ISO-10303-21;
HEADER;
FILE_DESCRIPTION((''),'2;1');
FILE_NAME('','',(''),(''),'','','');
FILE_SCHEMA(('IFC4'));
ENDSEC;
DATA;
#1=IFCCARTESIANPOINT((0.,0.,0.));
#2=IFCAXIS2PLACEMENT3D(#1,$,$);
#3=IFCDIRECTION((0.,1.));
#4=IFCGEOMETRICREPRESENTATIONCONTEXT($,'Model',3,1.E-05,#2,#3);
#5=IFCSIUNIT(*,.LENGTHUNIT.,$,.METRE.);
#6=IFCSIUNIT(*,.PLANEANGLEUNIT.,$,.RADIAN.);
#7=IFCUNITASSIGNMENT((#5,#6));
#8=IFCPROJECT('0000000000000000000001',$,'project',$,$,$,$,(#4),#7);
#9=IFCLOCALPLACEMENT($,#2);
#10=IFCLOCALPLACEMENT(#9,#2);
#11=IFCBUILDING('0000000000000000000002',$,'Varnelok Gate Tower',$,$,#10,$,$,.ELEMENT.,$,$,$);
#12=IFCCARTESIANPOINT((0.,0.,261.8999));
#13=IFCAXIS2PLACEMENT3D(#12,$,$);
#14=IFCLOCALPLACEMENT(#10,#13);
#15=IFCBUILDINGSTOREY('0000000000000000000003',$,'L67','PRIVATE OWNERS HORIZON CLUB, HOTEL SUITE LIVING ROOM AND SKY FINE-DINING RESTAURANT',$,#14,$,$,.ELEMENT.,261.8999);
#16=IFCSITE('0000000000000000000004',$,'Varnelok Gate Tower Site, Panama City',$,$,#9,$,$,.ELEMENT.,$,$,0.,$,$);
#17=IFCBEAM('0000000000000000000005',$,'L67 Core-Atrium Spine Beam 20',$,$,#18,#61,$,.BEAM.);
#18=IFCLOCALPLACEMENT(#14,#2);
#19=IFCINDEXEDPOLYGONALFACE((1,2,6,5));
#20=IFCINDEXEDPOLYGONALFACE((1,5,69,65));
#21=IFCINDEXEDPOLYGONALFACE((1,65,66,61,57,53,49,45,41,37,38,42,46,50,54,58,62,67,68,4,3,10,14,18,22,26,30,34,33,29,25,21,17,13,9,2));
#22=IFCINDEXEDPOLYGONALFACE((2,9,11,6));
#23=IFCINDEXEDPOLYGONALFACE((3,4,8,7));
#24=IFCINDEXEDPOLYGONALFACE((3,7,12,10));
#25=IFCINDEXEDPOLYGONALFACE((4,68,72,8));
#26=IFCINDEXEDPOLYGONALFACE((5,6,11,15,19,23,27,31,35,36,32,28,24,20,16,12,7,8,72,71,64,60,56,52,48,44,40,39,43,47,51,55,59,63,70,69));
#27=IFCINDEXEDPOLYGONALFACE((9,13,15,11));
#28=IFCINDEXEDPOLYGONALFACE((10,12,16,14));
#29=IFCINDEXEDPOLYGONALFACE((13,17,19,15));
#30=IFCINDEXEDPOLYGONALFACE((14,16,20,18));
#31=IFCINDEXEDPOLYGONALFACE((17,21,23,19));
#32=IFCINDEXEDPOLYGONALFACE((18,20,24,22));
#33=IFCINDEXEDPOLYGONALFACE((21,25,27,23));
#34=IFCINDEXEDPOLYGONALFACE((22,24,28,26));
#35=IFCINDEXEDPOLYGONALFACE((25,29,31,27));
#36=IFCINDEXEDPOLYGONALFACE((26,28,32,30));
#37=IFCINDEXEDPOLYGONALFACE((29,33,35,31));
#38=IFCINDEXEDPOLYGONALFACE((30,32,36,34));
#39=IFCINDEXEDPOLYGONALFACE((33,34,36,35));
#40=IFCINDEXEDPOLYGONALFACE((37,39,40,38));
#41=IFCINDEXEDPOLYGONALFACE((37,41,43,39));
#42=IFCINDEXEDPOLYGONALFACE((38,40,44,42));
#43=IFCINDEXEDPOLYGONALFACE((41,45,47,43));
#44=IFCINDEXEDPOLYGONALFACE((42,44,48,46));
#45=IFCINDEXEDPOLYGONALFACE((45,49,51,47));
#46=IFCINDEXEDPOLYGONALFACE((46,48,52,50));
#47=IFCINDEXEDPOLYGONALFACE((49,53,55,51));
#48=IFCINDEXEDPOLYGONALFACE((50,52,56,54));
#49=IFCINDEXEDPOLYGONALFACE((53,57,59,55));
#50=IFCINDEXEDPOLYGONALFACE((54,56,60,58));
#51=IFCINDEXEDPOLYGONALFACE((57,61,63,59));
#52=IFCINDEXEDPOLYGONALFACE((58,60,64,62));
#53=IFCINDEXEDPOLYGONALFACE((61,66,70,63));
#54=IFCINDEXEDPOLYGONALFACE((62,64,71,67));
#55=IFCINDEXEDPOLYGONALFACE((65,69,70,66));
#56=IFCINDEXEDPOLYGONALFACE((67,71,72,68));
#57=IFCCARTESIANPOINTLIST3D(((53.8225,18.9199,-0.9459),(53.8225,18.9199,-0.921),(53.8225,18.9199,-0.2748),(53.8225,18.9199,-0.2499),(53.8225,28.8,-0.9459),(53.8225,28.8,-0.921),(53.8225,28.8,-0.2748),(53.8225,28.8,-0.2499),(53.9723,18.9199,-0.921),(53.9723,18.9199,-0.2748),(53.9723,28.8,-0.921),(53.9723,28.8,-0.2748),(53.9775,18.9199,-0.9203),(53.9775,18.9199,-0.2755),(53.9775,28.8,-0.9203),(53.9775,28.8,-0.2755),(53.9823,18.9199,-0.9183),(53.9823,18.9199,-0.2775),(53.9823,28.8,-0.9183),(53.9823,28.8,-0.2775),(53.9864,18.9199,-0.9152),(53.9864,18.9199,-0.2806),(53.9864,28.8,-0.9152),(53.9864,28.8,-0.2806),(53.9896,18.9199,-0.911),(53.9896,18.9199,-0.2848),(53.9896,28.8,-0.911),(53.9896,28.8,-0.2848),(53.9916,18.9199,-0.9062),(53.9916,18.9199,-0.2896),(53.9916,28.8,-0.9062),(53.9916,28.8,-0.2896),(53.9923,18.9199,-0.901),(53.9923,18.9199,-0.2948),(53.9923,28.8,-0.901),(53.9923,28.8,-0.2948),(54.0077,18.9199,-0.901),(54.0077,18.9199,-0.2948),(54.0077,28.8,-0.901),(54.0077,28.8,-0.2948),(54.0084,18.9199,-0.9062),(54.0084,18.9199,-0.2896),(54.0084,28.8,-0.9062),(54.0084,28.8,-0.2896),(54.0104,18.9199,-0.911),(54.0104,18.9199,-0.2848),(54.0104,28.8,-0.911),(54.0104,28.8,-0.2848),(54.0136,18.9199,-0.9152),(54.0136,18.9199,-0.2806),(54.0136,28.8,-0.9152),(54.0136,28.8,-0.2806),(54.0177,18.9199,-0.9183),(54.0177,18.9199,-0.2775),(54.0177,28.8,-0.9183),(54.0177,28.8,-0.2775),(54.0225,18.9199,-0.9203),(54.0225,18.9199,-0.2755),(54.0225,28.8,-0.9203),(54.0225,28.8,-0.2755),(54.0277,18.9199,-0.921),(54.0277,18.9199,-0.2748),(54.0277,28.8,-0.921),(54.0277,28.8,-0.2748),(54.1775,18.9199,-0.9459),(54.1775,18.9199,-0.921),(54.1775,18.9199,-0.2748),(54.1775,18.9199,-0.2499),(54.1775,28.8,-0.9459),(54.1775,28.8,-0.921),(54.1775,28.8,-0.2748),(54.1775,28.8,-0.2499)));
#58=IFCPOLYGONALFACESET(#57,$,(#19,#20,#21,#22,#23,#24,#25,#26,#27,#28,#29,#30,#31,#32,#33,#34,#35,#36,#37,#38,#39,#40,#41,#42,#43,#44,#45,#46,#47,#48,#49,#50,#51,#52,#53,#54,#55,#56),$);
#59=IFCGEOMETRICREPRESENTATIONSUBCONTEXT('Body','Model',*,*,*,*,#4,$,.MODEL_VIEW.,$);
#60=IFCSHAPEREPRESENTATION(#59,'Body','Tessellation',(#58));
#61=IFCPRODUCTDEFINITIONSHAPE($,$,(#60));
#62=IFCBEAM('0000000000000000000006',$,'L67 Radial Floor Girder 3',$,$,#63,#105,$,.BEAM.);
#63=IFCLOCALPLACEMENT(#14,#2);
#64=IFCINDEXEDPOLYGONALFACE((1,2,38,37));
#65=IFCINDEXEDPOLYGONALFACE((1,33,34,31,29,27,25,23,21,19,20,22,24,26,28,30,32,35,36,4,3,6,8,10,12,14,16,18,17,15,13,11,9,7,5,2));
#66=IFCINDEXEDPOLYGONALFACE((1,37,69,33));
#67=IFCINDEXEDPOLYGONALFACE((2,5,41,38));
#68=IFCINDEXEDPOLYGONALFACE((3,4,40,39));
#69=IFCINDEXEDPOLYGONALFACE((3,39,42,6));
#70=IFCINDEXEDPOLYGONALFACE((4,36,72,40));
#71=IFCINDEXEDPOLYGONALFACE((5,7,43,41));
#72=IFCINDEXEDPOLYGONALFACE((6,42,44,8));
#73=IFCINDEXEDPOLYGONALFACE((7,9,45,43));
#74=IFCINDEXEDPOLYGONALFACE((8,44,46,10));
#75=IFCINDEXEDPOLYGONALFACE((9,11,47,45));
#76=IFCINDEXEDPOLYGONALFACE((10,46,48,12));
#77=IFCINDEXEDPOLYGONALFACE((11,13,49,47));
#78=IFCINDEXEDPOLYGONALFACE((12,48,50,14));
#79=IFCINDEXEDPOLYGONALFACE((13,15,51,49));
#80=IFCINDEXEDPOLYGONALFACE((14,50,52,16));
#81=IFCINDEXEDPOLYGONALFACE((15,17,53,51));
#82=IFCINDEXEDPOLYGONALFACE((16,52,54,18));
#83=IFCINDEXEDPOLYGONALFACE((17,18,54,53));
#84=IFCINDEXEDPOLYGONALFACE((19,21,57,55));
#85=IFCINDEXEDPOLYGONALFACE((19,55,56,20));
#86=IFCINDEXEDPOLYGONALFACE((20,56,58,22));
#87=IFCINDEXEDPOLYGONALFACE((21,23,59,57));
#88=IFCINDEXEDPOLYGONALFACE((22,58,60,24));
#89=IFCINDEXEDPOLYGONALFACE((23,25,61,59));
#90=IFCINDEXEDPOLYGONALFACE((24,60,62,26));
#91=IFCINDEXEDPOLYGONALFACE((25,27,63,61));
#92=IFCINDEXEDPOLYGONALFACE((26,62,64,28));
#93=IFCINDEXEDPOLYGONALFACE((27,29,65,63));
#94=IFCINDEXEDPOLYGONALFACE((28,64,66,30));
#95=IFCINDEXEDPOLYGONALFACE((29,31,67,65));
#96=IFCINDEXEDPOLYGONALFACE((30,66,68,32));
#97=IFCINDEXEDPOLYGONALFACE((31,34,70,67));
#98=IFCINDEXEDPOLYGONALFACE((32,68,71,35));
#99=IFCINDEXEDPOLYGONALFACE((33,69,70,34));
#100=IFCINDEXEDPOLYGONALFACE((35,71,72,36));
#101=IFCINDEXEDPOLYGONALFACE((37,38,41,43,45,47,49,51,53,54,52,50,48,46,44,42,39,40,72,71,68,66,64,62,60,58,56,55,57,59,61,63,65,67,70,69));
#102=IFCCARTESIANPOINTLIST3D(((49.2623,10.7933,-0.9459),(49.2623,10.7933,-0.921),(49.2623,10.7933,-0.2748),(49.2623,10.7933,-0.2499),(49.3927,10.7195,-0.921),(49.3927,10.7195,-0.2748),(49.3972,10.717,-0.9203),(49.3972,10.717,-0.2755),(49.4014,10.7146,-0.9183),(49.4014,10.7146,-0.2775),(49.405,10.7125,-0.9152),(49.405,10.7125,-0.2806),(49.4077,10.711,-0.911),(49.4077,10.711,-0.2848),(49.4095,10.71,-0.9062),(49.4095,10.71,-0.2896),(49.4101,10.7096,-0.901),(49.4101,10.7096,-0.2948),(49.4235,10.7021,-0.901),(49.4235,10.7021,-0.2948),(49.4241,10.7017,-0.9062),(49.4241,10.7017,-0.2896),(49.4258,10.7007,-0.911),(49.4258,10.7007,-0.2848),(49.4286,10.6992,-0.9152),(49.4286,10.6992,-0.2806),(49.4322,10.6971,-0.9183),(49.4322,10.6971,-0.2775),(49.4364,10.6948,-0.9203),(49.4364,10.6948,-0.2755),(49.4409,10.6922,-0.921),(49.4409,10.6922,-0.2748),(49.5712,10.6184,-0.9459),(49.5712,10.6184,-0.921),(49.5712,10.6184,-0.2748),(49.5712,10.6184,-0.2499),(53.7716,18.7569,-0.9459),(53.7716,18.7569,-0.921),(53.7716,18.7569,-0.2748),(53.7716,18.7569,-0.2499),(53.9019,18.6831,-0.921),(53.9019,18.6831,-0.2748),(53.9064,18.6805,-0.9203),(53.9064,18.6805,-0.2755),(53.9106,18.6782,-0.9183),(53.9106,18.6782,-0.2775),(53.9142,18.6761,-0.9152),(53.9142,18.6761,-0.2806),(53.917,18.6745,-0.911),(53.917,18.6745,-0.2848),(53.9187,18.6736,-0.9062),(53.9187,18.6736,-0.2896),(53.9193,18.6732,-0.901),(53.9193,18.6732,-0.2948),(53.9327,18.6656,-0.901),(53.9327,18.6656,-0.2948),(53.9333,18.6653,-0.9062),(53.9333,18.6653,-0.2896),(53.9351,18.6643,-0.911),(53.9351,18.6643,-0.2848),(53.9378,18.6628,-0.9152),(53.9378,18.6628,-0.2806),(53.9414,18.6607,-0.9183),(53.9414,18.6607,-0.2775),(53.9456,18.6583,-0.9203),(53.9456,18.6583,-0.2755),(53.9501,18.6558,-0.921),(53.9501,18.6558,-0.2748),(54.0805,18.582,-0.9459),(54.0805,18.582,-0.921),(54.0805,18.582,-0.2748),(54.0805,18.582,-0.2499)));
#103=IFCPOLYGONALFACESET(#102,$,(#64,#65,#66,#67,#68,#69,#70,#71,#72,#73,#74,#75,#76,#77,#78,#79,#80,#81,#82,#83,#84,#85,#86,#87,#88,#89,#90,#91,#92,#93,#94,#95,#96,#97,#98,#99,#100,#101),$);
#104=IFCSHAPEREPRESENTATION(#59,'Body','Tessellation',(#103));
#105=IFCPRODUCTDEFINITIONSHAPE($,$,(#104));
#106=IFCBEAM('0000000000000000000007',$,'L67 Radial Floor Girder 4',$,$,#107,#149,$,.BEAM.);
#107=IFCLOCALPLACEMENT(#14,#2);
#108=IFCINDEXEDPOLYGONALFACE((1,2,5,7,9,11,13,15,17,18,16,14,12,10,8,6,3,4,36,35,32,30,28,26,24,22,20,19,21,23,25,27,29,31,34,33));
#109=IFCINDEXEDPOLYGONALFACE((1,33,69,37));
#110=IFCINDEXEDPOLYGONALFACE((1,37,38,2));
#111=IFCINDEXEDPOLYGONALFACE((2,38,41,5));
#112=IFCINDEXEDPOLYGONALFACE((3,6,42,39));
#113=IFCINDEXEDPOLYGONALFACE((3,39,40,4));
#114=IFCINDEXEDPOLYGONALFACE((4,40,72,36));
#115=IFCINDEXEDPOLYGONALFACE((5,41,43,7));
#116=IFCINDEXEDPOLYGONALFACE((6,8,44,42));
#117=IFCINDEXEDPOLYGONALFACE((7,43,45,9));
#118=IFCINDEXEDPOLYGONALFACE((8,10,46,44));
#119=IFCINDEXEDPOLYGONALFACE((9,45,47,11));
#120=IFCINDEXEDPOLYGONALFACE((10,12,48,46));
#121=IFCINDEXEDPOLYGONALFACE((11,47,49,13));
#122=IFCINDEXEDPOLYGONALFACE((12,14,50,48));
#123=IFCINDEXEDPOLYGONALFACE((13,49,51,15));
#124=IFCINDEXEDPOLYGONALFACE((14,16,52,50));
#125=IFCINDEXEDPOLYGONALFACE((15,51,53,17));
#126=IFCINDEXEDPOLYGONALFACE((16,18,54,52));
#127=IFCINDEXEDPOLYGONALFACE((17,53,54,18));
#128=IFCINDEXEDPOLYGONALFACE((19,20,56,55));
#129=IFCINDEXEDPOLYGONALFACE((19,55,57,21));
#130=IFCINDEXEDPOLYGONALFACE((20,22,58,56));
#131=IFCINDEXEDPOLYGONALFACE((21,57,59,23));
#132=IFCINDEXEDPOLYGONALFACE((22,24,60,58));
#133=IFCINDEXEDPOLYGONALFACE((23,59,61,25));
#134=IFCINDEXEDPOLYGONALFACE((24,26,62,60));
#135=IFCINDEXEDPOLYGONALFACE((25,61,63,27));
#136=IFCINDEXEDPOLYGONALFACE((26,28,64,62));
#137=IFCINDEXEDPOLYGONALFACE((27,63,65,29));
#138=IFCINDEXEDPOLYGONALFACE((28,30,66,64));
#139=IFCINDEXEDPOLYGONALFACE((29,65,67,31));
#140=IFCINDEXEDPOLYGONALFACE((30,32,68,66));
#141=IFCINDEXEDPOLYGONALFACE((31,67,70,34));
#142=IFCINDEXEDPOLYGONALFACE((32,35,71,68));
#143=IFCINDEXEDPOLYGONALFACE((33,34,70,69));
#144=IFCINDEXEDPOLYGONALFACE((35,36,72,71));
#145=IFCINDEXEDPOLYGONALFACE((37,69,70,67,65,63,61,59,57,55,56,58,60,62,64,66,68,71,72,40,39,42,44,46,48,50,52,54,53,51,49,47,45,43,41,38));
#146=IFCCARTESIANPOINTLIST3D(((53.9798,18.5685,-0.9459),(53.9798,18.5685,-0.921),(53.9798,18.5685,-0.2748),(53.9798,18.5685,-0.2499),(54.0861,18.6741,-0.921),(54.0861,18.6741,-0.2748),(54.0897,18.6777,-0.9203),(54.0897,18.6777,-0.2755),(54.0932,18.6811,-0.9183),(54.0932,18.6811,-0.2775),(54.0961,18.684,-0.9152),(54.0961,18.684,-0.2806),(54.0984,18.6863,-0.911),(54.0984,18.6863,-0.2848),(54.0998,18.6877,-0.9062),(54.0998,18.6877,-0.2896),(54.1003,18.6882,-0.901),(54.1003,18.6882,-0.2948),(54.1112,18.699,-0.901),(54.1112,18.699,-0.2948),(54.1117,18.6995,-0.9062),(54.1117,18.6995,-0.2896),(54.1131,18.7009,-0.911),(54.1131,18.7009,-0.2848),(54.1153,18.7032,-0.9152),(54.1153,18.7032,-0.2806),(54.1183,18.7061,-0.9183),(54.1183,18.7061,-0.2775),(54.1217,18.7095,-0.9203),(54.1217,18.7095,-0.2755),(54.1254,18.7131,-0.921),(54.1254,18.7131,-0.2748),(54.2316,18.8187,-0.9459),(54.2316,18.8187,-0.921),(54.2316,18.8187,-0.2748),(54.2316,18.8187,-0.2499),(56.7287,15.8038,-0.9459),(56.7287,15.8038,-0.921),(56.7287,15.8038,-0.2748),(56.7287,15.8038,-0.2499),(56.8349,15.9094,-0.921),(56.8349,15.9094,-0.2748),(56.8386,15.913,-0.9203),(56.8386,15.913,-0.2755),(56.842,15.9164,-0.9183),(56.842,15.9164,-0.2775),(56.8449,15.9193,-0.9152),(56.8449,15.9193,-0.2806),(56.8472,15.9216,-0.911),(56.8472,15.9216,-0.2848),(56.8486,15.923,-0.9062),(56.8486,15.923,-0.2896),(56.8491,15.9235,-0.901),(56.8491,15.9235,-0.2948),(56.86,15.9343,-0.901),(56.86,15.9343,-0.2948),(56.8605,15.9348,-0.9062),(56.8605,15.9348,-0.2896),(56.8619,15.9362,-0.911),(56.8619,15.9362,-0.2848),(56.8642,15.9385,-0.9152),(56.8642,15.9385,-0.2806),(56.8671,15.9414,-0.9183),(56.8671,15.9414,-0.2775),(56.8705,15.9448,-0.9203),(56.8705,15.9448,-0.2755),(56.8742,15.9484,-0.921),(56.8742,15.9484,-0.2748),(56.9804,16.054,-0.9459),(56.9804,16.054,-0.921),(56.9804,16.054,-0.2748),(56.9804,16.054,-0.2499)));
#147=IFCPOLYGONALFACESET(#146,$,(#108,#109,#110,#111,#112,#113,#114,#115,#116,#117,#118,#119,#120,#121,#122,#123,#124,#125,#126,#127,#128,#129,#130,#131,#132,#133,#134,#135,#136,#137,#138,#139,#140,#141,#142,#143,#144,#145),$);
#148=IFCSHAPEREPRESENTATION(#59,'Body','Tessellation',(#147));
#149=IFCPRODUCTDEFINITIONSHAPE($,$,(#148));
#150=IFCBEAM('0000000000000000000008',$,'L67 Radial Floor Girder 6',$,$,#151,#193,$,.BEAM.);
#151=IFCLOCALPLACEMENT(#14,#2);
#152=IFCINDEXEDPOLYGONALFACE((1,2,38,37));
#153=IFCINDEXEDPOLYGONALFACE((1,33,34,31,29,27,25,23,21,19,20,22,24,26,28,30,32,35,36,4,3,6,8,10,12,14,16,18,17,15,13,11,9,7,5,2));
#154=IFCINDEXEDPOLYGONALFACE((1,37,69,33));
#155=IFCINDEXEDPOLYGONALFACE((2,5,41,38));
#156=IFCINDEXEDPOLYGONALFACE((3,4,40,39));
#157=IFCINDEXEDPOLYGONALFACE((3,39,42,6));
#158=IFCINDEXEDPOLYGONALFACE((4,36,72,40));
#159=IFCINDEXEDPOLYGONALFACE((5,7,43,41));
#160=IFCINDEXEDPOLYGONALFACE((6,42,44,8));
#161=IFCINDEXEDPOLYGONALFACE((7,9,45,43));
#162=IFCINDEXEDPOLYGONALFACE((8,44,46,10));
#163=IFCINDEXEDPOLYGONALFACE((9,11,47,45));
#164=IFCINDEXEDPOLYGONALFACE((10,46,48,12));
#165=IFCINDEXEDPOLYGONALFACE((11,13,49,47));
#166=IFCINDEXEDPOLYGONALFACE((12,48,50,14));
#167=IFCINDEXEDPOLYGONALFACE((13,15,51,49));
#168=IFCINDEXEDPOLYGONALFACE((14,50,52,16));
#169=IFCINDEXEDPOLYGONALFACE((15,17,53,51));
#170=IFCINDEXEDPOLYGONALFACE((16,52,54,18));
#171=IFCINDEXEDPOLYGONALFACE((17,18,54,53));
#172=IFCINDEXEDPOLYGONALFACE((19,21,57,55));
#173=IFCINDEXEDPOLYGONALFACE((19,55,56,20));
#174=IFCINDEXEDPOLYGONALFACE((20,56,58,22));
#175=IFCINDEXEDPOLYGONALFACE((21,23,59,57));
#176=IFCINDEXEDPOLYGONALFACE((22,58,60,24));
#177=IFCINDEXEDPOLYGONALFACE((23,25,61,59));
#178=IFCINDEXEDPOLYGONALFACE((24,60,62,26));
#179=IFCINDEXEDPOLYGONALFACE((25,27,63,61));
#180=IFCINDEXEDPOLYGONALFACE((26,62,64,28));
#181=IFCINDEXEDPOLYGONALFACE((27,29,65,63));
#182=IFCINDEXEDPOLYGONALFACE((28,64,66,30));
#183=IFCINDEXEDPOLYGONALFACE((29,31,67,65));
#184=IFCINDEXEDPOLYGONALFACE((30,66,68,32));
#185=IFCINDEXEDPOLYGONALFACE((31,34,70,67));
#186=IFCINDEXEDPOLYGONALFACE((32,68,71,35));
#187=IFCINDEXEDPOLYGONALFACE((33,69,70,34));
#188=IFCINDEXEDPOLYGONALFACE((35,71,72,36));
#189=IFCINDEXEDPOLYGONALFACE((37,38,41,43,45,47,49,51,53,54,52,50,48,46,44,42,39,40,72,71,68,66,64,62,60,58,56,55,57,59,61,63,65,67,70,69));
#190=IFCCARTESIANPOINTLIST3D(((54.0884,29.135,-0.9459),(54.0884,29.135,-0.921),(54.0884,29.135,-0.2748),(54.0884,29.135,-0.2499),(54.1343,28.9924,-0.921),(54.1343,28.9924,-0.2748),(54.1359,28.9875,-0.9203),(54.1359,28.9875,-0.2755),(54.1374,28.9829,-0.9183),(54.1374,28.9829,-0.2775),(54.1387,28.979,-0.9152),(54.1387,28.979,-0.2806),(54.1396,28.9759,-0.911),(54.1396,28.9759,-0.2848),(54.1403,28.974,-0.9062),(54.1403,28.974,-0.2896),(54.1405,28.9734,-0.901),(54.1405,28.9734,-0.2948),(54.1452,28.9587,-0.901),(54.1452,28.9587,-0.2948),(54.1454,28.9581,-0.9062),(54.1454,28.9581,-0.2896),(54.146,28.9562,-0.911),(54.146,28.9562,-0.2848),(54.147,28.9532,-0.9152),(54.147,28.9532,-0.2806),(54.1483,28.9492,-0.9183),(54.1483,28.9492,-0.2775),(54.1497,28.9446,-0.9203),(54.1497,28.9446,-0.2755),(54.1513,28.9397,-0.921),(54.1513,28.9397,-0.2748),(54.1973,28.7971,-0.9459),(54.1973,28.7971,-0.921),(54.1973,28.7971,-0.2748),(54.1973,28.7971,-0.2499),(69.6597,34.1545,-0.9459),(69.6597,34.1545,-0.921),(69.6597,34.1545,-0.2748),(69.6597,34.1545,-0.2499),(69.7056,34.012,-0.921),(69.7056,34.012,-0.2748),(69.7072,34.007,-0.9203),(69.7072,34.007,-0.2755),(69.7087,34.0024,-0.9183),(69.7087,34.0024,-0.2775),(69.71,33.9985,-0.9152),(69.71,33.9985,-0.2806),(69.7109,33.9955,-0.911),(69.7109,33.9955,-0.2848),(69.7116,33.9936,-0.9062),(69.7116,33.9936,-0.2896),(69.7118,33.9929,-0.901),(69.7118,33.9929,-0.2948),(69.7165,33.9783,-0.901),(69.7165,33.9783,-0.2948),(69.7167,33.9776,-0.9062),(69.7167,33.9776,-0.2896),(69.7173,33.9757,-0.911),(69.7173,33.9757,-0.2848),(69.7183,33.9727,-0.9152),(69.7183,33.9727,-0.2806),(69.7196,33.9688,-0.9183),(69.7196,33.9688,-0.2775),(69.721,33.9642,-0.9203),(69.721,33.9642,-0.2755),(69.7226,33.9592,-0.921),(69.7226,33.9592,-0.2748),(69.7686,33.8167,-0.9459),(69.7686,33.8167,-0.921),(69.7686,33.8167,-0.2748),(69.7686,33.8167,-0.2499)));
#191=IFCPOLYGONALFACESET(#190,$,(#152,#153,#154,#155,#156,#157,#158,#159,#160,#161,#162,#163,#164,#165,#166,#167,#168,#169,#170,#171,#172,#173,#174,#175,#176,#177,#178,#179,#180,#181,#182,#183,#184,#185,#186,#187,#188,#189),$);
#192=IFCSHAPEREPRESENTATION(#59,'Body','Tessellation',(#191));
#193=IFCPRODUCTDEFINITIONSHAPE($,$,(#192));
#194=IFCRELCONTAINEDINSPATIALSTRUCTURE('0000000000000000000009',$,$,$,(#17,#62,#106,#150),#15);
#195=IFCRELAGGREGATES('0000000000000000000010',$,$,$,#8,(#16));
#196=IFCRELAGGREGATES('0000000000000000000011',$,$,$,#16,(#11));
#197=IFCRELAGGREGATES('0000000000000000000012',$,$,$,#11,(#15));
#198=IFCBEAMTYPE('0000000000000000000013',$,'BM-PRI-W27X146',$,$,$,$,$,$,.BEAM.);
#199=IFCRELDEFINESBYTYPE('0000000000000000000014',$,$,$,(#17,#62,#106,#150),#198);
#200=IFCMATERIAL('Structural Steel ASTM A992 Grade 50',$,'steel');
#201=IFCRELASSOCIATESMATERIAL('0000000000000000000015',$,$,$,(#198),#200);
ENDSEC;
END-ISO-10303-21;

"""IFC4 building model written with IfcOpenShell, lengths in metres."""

from ifc_helpers import new_model, si_unit, direction, frame, origin, origin_2d, place, context, subcontext, project, spatial, i_section, extrude, material, material_profile, profile_set, type_object, element, save


model = new_model("IFC4")

# Units and contexts
model_context = context("Model", 3, precision=1e-05, world=origin(), true_north=direction((0.0, 1.0)))
body_context = subcontext(model_context, "Body", "Model", "MODEL_VIEW")
ifc_project = project(units=[si_unit("LENGTHUNIT", "METRE"), si_unit("PLANEANGLEUNIT", "RADIAN")], contexts=[model_context])

# Site, building, storey
site_placement = place(None, origin())
site = spatial("IfcSite", under=ifc_project, at=site_placement, Name="Varnelok Gate Tower Site, Panama City", CompositionType="ELEMENT", RefElevation=0.0)
building_placement = place(site_placement, origin())
building = spatial("IfcBuilding", under=site, at=building_placement, Name="Varnelok Gate Tower", CompositionType="ELEMENT")
storey_placement = place(building_placement, frame((0.0, 0.0, 261.8999)))
storey = spatial("IfcBuildingStorey", under=building, at=storey_placement, Name="L67", Description="PRIVATE OWNERS HORIZON CLUB, HOTEL SUITE LIVING ROOM AND SKY FINE-DINING RESTAURANT", CompositionType="ELEMENT", Elevation=261.8999)

# Shared definitions
ifc_material_1 = material(Name="Structural Steel ASTM A992 Grade 50", Category="steel")

# Beams
ifc_material_profile_1 = material_profile(ifc_material_1, i_section(OverallWidth=0.355, OverallDepth=0.696, WebThickness=0.0154, FlangeThickness=0.0249, FilletRadius=0.02, at=origin_2d()), Name="W27X146")
ifc_profile_set_1 = profile_set([ifc_material_profile_1], Name="Structural Steel ASTM A992 Grade 50")
beam_type_1 = type_object("IfcBeamType", Name="BM-PRI-W27X146", PredefinedType="BEAM", material=ifc_profile_set_1)
beam_1_placement = place(storey_placement, frame((54.0, 18.9199, -0.5979), z_axis=(0.0, 1.0, 0.0), x_axis=(-1.0, 0.0, 0.0)))
element("IfcBeam", 1, at=beam_1_placement, inside=storey, type_object=beam_type_1, Name="L67 Core-Atrium Spine Beam 20", PredefinedType="BEAM", context=body_context, shape_type="SweptSolid", body=[
    extrude(i_section(OverallWidth=0.355, OverallDepth=0.696, WebThickness=0.0154, FlangeThickness=0.0249, FilletRadius=0.02, at=origin_2d()), origin(), (0.0, 0.0, 1.0), 9.8801),
])
beam_2_placement = place(storey_placement, frame((53.926, 18.6694, -0.5979), z_axis=(-0.492728, -0.870183, 0.0), x_axis=(0.870183, -0.492728, 0.0)))
element("IfcBeam", 2, at=beam_2_placement, inside=storey, type_object=beam_type_1, Name="L67 Radial Floor Girder 3", PredefinedType="BEAM", context=body_context, shape_type="SweptSolid", body=[
    extrude(i_section(OverallWidth=0.355, OverallDepth=0.696, WebThickness=0.0154, FlangeThickness=0.0249, FilletRadius=0.02, at=origin_2d()), origin(), (0.0, 0.0, 1.0), 9.1516),
])
beam_3_placement = place(storey_placement, frame((54.1057, 18.6936, -0.5979), z_axis=(0.705069, -0.709139, 0.0), x_axis=(0.709139, 0.705069, 0.0)))
element("IfcBeam", 3, at=beam_3_placement, inside=storey, type_object=beam_type_1, Name="L67 Radial Floor Girder 4", PredefinedType="BEAM", context=body_context, shape_type="SweptSolid", body=[
    extrude(i_section(OverallWidth=0.355, OverallDepth=0.696, WebThickness=0.0154, FlangeThickness=0.0249, FilletRadius=0.02, at=origin_2d()), origin(), (0.0, 0.0, 1.0), 3.8987),
])
beam_4_placement = place(storey_placement, frame((54.1428, 28.9661, -0.5979), z_axis=(0.95177, 0.306811, 0.0), x_axis=(-0.306811, 0.95177, 0.0)))
element("IfcBeam", 4, at=beam_4_placement, inside=storey, type_object=beam_type_1, Name="L67 Radial Floor Girder 6", PredefinedType="BEAM", context=body_context, shape_type="SweptSolid", body=[
    extrude(i_section(OverallWidth=0.355, OverallDepth=0.696, WebThickness=0.0154, FlangeThickness=0.0249, FilletRadius=0.02, at=origin_2d()), origin(), (0.0, 0.0, 1.0), 16.3604),
])

save(model, "model.ifc")
